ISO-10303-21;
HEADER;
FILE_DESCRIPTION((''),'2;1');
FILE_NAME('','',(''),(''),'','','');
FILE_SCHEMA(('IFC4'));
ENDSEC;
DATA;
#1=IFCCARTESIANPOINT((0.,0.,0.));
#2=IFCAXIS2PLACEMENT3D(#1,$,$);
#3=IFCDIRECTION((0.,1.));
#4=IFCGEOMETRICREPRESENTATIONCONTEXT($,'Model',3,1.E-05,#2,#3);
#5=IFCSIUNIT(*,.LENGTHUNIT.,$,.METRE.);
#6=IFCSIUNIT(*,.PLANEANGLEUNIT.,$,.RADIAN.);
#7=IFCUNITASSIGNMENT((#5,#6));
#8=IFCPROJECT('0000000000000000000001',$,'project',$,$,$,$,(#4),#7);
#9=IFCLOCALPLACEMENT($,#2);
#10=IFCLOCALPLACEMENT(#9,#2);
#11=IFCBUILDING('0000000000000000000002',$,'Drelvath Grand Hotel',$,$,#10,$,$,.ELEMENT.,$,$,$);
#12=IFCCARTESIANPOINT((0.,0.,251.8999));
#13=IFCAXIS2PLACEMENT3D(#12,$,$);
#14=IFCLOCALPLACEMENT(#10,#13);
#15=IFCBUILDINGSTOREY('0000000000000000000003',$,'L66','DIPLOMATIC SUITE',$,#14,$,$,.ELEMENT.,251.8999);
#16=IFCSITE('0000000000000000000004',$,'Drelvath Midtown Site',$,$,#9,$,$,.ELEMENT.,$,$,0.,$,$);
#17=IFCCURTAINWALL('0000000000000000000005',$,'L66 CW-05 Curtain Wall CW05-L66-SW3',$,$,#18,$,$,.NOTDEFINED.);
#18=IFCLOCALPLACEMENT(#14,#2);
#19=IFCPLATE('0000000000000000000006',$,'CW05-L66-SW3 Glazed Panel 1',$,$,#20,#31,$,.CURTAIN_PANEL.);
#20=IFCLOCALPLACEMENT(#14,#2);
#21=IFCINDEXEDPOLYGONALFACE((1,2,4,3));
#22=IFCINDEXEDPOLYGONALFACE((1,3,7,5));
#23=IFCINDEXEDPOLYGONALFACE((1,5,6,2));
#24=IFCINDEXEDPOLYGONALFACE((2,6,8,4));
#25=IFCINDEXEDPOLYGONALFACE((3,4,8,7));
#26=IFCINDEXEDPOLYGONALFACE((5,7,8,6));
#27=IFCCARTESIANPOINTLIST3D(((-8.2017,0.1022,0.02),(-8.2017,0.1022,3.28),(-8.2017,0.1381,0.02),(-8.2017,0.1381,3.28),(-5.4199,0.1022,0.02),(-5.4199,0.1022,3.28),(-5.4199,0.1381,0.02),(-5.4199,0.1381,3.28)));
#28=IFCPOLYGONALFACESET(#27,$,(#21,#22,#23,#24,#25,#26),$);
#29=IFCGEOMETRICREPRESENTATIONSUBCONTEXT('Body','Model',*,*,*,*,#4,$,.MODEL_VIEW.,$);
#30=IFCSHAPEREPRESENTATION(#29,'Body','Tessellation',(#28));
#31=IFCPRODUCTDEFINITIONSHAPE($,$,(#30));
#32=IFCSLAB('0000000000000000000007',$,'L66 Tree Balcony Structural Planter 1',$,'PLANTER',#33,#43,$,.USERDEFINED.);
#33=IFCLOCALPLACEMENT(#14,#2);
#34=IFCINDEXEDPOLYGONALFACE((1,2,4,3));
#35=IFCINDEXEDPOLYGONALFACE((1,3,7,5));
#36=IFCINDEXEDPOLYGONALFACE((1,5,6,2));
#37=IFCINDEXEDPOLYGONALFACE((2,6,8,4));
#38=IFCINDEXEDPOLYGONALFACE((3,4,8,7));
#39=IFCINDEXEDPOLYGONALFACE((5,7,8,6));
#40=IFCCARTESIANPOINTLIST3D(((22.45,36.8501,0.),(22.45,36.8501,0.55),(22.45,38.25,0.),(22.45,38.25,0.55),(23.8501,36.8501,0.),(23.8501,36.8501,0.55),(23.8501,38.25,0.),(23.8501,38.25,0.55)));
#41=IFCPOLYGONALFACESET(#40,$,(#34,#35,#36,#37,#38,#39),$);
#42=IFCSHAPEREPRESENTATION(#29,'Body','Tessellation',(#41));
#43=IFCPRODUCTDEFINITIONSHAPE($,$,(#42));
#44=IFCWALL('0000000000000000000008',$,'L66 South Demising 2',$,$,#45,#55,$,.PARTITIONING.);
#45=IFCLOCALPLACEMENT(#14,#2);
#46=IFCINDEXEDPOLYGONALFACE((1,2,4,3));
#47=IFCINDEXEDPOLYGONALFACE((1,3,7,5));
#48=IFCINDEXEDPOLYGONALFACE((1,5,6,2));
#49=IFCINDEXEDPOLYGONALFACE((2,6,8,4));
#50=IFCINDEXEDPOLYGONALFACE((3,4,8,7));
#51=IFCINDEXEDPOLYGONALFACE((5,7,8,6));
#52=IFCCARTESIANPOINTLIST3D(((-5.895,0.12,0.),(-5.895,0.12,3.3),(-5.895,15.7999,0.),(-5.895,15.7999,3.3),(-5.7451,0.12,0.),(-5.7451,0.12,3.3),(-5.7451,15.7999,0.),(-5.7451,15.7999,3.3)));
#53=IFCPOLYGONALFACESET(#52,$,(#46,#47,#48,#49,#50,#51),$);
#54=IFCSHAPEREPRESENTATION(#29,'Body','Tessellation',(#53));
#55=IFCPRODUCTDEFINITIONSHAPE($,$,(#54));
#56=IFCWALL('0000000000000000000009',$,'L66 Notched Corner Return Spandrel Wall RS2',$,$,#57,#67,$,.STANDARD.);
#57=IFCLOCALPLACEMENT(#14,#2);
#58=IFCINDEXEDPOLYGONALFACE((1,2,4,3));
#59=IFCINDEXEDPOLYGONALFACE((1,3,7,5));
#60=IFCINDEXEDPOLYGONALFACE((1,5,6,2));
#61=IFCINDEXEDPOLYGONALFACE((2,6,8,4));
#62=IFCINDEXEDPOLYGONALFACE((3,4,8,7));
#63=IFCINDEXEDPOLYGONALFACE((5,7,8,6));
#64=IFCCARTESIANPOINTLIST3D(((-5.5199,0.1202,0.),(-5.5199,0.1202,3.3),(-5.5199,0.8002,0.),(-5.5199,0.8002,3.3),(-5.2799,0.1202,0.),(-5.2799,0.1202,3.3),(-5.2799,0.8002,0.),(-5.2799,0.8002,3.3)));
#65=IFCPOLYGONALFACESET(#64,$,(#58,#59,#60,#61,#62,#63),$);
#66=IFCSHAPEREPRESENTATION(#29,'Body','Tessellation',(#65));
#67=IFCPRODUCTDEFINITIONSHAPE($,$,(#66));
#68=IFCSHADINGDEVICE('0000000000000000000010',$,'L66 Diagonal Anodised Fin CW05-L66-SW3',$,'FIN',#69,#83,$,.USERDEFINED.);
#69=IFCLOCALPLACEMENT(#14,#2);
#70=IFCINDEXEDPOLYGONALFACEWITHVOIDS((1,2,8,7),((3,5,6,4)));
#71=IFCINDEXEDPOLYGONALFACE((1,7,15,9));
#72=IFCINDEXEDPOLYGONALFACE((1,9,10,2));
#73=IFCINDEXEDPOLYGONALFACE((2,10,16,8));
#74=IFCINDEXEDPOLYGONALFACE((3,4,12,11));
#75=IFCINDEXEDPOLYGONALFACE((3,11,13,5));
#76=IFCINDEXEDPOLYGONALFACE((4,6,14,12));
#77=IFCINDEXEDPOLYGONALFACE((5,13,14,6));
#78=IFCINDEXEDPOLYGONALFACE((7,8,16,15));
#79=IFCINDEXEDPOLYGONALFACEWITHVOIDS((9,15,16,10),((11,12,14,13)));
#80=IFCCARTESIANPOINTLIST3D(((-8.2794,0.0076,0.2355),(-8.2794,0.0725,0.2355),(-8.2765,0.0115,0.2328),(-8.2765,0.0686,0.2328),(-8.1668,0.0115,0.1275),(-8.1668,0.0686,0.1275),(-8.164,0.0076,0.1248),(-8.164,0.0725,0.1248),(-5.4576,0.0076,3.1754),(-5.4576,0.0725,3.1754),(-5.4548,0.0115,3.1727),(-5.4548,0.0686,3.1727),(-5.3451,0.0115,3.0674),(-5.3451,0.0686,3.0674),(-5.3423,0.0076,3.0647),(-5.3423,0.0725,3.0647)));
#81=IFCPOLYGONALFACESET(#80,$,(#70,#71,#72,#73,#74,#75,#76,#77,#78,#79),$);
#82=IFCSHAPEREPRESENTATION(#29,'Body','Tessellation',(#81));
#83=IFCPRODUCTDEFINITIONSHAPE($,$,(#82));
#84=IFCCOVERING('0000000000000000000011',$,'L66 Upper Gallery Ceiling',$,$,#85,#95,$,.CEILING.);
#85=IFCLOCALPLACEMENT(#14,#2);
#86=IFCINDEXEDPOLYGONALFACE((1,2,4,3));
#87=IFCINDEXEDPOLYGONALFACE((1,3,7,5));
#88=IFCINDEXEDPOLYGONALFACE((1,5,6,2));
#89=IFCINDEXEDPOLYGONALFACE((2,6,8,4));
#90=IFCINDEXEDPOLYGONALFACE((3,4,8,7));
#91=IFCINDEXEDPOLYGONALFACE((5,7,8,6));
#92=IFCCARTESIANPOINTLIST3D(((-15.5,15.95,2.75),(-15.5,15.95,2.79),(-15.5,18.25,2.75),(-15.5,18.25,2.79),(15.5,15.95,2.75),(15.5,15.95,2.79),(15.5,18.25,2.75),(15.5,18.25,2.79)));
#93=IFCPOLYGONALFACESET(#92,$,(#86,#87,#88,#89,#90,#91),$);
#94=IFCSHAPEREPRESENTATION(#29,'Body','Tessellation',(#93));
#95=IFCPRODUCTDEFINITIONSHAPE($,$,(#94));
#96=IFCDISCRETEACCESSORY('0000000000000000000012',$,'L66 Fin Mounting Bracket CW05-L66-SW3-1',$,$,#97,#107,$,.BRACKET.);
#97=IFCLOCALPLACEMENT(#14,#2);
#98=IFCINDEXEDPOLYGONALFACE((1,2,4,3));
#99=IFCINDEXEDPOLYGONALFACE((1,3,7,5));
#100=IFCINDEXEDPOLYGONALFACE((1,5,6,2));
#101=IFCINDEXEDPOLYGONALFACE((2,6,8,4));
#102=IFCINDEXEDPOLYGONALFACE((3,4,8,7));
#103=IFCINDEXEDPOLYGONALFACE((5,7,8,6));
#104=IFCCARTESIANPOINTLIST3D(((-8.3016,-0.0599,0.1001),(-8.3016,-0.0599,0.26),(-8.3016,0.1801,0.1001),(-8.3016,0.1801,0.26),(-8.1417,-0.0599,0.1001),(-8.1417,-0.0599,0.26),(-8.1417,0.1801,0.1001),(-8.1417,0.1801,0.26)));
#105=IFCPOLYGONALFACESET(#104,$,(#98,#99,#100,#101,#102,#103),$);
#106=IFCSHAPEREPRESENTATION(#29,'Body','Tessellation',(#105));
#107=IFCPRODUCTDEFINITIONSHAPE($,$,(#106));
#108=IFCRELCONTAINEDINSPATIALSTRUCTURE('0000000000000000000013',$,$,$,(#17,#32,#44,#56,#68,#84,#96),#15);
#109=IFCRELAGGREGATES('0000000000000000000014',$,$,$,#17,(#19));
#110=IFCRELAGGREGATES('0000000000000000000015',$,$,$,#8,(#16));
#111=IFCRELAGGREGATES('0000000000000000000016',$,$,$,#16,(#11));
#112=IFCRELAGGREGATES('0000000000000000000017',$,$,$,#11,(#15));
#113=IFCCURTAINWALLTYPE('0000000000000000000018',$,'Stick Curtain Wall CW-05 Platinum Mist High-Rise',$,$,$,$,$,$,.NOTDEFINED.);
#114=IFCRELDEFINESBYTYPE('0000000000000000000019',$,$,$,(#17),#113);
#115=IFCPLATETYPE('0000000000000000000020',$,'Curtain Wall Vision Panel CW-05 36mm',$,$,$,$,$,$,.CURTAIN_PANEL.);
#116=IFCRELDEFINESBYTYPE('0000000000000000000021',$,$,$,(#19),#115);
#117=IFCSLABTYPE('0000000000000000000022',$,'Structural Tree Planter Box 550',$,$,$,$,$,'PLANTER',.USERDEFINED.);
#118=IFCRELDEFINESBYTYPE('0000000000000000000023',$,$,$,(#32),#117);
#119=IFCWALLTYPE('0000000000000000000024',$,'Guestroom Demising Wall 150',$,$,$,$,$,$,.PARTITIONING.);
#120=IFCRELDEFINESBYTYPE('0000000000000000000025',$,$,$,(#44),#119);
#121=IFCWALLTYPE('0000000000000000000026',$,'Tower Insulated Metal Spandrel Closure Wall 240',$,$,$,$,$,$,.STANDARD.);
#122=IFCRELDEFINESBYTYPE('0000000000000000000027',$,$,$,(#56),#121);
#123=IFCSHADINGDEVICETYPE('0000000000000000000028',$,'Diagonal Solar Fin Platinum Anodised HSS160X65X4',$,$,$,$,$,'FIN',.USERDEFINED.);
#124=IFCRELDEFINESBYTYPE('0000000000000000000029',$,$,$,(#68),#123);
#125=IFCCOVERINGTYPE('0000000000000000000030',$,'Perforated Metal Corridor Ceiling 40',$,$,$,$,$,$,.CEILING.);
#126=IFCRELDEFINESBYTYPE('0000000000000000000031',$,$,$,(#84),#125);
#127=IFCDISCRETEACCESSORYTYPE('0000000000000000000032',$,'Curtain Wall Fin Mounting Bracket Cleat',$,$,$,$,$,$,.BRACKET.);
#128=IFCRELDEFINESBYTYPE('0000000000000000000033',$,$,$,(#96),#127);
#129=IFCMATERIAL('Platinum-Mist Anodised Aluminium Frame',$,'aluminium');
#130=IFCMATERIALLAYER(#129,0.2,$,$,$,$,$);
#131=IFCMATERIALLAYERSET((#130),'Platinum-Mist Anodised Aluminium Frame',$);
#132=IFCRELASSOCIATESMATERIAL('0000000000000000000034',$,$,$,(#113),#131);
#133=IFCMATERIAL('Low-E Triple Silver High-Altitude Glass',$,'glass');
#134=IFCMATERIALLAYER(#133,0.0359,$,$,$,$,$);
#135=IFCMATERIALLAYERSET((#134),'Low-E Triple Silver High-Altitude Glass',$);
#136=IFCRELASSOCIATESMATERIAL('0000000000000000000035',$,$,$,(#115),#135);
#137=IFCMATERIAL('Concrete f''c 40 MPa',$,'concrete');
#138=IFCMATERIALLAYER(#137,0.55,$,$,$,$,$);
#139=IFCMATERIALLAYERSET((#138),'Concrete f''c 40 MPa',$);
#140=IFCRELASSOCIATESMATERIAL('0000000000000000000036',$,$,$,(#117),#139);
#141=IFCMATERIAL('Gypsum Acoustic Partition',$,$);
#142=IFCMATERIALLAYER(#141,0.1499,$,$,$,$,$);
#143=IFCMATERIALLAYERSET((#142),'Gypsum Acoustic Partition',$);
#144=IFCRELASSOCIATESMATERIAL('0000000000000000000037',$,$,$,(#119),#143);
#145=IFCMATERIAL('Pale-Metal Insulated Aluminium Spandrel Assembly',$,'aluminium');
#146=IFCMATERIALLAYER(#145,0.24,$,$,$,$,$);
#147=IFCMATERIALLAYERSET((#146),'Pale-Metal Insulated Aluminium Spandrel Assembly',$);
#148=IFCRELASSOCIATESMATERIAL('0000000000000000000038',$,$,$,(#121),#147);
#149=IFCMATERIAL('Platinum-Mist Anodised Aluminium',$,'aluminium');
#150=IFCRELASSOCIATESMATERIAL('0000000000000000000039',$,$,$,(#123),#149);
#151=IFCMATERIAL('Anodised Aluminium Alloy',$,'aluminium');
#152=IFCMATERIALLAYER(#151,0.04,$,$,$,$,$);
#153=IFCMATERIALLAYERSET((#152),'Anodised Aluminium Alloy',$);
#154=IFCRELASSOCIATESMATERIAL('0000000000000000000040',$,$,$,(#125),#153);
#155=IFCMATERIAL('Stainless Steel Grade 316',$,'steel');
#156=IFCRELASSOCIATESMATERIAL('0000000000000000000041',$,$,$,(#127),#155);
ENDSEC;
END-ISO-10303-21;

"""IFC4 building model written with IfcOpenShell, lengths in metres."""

from ifc_helpers import new_model, si_unit, direction, frame, frame_2d, origin, origin_2d, place, context, subcontext, project, spatial, polyline, rectangle, hollow_rectangle, outline, extrude, material, layer, layer_set, material_profile, profile_set, type_object, element, aggregate, save


model = new_model("IFC4")

# Units and contexts
model_context = context("Model", 3, precision=1e-05, world=origin(), true_north=direction((0.0, 1.0)))
body_context = subcontext(model_context, "Body", "Model", "MODEL_VIEW")
ifc_project = project(units=[si_unit("LENGTHUNIT", "METRE"), si_unit("PLANEANGLEUNIT", "RADIAN")], contexts=[model_context])

# Site, building, storey
site_placement = place(None, origin())
site = spatial("IfcSite", under=ifc_project, at=site_placement, Name="Drelvath Midtown Site", CompositionType="ELEMENT", RefElevation=0.0)
building_placement = place(site_placement, origin())
building = spatial("IfcBuilding", under=site, at=building_placement, Name="Drelvath Grand Hotel", CompositionType="ELEMENT")
storey_placement = place(building_placement, frame((0.0, 0.0, 251.8999)))
storey = spatial("IfcBuildingStorey", under=building, at=storey_placement, Name="L66", Description="DIPLOMATIC SUITE", CompositionType="ELEMENT", Elevation=251.8999)

# Curtain wall
ifc_material_1 = material(Name="Platinum-Mist Anodised Aluminium Frame", Category="aluminium")
ifc_layer_1 = layer(ifc_material_1, 0.2)
ifc_layer_set_1 = layer_set([ifc_layer_1], Name="Platinum-Mist Anodised Aluminium Frame")
curtain_wall_type = type_object("IfcCurtainWallType", Name="Stick Curtain Wall CW-05 Platinum Mist High-Rise", PredefinedType="NOTDEFINED", material=ifc_layer_set_1)
curtain_wall_1_placement = place(storey_placement, origin())
curtain_wall_1 = element("IfcCurtainWall", 1, at=curtain_wall_1_placement, inside=storey, type_object=curtain_wall_type, Name="L66 CW-05 Curtain Wall CW05-L66-SW3", PredefinedType="NOTDEFINED")

# Shared definitions
ifc_material_2 = material(Name="Concrete f'c 40 MPa", Category="concrete")

# Plate
ifc_material_3 = material(Name="Low-E Triple Silver High-Altitude Glass", Category="glass")
ifc_layer_2 = layer(ifc_material_3, 0.0359)
ifc_layer_set_2 = layer_set([ifc_layer_2], Name="Low-E Triple Silver High-Altitude Glass")
plate_type = type_object("IfcPlateType", Name="Curtain Wall Vision Panel CW-05 36mm", PredefinedType="CURTAIN_PANEL", material=ifc_layer_set_2)
plate_1_placement = place(storey_placement, frame((-6.8108, 0.1201, 0.02), z_axis=(0.0, 0.0, 1.0), x_axis=(-1.0, 0.0, 0.0)))
plate_1 = element("IfcPlate", 2, at=plate_1_placement, type_object=plate_type, Name="CW05-L66-SW3 Glazed Panel 1", PredefinedType="CURTAIN_PANEL", context=body_context, shape_type="SweptSolid", body=[
    extrude(rectangle(XDim=2.7817, YDim=0.0359, at=origin_2d()), origin(), (0.0, 0.0, 1.0), 3.26),
])
aggregate(curtain_wall_1, [plate_1])

# Slab
ifc_layer_3 = layer(ifc_material_2, 0.55)
ifc_layer_set_3 = layer_set([ifc_layer_3], Name="Concrete f'c 40 MPa")
slab_type_1 = type_object("IfcSlabType", Name="Structural Tree Planter Box 550", ElementType="PLANTER", PredefinedType="USERDEFINED", material=ifc_layer_set_3)
slab_1_placement = place(storey_placement, origin())
element("IfcSlab", 3, at=slab_1_placement, inside=storey, type_object=slab_type_1, Name="L66 Tree Balcony Structural Planter 1", ObjectType="PLANTER", PredefinedType="USERDEFINED", context=body_context, shape_type="SweptSolid", body=[
    extrude(outline(polyline([(22.45, 36.8501), (23.8501, 36.8501), (23.8501, 38.25), (22.45, 38.25), (22.45, 36.8501)])), origin(), (0.0, 0.0, 1.0), 0.55),
])

# Walls
ifc_material_4 = material(Name="Gypsum Acoustic Partition")
ifc_layer_4 = layer(ifc_material_4, 0.1499)
ifc_layer_set_4 = layer_set([ifc_layer_4], Name="Gypsum Acoustic Partition")
wall_type_1 = type_object("IfcWallType", Name="Guestroom Demising Wall 150", PredefinedType="PARTITIONING", material=ifc_layer_set_4)
wall_1_placement = place(storey_placement, frame((-5.8201, 0.1201, 0.0), z_axis=(0.0, 0.0, 1.0), x_axis=(0.0, 1.0, 0.0)))
element("IfcWall", 4, at=wall_1_placement, inside=storey, type_object=wall_type_1, Name="L66 South Demising 2", PredefinedType="PARTITIONING", context=body_context, shape_type="SweptSolid", body=[
    extrude(rectangle(XDim=15.6799, YDim=0.1499, at=frame_2d((7.8398, 0.0))), origin(), (0.0, 0.0, 1.0), 3.3),
])
ifc_material_5 = material(Name="Pale-Metal Insulated Aluminium Spandrel Assembly", Category="aluminium")
ifc_layer_5 = layer(ifc_material_5, 0.24)
ifc_layer_set_5 = layer_set([ifc_layer_5], Name="Pale-Metal Insulated Aluminium Spandrel Assembly")
wall_type_2 = type_object("IfcWallType", Name="Tower Insulated Metal Spandrel Closure Wall 240", PredefinedType="STANDARD", material=ifc_layer_set_5)
wall_2_placement = place(storey_placement, frame((-5.3999, 0.8, 0.0), z_axis=(0.0, 0.0, 1.0), x_axis=(0.0, -1.0, 0.0)))
element("IfcWall", 5, at=wall_2_placement, inside=storey, type_object=wall_type_2, Name="L66 Notched Corner Return Spandrel Wall RS2", PredefinedType="STANDARD", context=body_context, shape_type="SweptSolid", body=[
    extrude(rectangle(XDim=0.6799, YDim=0.24, at=frame_2d((0.3398, 0.0))), origin(), (0.0, 0.0, 1.0), 3.3),
])

# Shading device
ifc_material_6 = material(Name="Platinum-Mist Anodised Aluminium", Category="aluminium")
ifc_material_profile_1 = material_profile(ifc_material_6, hollow_rectangle(XDim=0.0649, YDim=0.1599, WallThickness=0.0039, at=origin_2d()), Name="HSS160X65X4")
ifc_profile_set_1 = profile_set([ifc_material_profile_1], Name="Platinum-Mist Anodised Aluminium")
shading_device_type = type_object("IfcShadingDeviceType", Name="Diagonal Solar Fin Platinum Anodised HSS160X65X4", ElementType="FIN", PredefinedType="USERDEFINED", material=ifc_profile_set_1)
shading_device_placement = place(storey_placement, frame((-8.2217, 0.04, 0.1802), z_axis=(0.692459, 0.0, 0.721457), x_axis=(0.0, 1.0, 0.0)))
element("IfcShadingDevice", 6, at=shading_device_placement, inside=storey, type_object=shading_device_type, Name="L66 Diagonal Anodised Fin CW05-L66-SW3", ObjectType="FIN", PredefinedType="USERDEFINED", context=body_context, shape_type="SweptSolid", body=[
    extrude(hollow_rectangle(XDim=0.0649, YDim=0.1599, WallThickness=0.0039, at=origin_2d()), origin(), (0.0, 0.0, 1.0), 4.075),
])

# Covering
ifc_material_7 = material(Name="Anodised Aluminium Alloy", Category="aluminium")
ifc_layer_6 = layer(ifc_material_7, 0.04)
ifc_layer_set_6 = layer_set([ifc_layer_6], Name="Anodised Aluminium Alloy")
covering_type = type_object("IfcCoveringType", Name="Perforated Metal Corridor Ceiling 40", PredefinedType="CEILING", material=ifc_layer_set_6)
covering_placement = place(storey_placement, frame((0.0, 0.0, 2.75)))
element("IfcCovering", 7, at=covering_placement, inside=storey, type_object=covering_type, Name="L66 Upper Gallery Ceiling", PredefinedType="CEILING", context=body_context, shape_type="SweptSolid", body=[
    extrude(outline(polyline([(15.5, 15.95), (15.5, 18.25), (-15.5, 18.25), (-15.5, 15.95), (15.5, 15.95)])), origin(), (0.0, 0.0, 1.0), 0.04),
])

# Discrete accessory
ifc_material_8 = material(Name="Stainless Steel Grade 316", Category="steel")
discrete_accessory_type = type_object("IfcDiscreteAccessoryType", Name="Curtain Wall Fin Mounting Bracket Cleat", PredefinedType="BRACKET", material=ifc_material_8)
discrete_accessory_placement = place(storey_placement, frame((-8.2217, 0.0601, 0.1001), z_axis=(0.0, 0.0, 1.0), x_axis=(-1.0, 0.0, 0.0)))
element("IfcDiscreteAccessory", 8, at=discrete_accessory_placement, inside=storey, type_object=discrete_accessory_type, Name="L66 Fin Mounting Bracket CW05-L66-SW3-1", PredefinedType="BRACKET", context=body_context, shape_type="SweptSolid", body=[
    extrude(rectangle(XDim=0.1599, YDim=0.24, at=origin_2d()), origin(), (0.0, 0.0, 1.0), 0.1599),
])

save(model, "model.ifc")
